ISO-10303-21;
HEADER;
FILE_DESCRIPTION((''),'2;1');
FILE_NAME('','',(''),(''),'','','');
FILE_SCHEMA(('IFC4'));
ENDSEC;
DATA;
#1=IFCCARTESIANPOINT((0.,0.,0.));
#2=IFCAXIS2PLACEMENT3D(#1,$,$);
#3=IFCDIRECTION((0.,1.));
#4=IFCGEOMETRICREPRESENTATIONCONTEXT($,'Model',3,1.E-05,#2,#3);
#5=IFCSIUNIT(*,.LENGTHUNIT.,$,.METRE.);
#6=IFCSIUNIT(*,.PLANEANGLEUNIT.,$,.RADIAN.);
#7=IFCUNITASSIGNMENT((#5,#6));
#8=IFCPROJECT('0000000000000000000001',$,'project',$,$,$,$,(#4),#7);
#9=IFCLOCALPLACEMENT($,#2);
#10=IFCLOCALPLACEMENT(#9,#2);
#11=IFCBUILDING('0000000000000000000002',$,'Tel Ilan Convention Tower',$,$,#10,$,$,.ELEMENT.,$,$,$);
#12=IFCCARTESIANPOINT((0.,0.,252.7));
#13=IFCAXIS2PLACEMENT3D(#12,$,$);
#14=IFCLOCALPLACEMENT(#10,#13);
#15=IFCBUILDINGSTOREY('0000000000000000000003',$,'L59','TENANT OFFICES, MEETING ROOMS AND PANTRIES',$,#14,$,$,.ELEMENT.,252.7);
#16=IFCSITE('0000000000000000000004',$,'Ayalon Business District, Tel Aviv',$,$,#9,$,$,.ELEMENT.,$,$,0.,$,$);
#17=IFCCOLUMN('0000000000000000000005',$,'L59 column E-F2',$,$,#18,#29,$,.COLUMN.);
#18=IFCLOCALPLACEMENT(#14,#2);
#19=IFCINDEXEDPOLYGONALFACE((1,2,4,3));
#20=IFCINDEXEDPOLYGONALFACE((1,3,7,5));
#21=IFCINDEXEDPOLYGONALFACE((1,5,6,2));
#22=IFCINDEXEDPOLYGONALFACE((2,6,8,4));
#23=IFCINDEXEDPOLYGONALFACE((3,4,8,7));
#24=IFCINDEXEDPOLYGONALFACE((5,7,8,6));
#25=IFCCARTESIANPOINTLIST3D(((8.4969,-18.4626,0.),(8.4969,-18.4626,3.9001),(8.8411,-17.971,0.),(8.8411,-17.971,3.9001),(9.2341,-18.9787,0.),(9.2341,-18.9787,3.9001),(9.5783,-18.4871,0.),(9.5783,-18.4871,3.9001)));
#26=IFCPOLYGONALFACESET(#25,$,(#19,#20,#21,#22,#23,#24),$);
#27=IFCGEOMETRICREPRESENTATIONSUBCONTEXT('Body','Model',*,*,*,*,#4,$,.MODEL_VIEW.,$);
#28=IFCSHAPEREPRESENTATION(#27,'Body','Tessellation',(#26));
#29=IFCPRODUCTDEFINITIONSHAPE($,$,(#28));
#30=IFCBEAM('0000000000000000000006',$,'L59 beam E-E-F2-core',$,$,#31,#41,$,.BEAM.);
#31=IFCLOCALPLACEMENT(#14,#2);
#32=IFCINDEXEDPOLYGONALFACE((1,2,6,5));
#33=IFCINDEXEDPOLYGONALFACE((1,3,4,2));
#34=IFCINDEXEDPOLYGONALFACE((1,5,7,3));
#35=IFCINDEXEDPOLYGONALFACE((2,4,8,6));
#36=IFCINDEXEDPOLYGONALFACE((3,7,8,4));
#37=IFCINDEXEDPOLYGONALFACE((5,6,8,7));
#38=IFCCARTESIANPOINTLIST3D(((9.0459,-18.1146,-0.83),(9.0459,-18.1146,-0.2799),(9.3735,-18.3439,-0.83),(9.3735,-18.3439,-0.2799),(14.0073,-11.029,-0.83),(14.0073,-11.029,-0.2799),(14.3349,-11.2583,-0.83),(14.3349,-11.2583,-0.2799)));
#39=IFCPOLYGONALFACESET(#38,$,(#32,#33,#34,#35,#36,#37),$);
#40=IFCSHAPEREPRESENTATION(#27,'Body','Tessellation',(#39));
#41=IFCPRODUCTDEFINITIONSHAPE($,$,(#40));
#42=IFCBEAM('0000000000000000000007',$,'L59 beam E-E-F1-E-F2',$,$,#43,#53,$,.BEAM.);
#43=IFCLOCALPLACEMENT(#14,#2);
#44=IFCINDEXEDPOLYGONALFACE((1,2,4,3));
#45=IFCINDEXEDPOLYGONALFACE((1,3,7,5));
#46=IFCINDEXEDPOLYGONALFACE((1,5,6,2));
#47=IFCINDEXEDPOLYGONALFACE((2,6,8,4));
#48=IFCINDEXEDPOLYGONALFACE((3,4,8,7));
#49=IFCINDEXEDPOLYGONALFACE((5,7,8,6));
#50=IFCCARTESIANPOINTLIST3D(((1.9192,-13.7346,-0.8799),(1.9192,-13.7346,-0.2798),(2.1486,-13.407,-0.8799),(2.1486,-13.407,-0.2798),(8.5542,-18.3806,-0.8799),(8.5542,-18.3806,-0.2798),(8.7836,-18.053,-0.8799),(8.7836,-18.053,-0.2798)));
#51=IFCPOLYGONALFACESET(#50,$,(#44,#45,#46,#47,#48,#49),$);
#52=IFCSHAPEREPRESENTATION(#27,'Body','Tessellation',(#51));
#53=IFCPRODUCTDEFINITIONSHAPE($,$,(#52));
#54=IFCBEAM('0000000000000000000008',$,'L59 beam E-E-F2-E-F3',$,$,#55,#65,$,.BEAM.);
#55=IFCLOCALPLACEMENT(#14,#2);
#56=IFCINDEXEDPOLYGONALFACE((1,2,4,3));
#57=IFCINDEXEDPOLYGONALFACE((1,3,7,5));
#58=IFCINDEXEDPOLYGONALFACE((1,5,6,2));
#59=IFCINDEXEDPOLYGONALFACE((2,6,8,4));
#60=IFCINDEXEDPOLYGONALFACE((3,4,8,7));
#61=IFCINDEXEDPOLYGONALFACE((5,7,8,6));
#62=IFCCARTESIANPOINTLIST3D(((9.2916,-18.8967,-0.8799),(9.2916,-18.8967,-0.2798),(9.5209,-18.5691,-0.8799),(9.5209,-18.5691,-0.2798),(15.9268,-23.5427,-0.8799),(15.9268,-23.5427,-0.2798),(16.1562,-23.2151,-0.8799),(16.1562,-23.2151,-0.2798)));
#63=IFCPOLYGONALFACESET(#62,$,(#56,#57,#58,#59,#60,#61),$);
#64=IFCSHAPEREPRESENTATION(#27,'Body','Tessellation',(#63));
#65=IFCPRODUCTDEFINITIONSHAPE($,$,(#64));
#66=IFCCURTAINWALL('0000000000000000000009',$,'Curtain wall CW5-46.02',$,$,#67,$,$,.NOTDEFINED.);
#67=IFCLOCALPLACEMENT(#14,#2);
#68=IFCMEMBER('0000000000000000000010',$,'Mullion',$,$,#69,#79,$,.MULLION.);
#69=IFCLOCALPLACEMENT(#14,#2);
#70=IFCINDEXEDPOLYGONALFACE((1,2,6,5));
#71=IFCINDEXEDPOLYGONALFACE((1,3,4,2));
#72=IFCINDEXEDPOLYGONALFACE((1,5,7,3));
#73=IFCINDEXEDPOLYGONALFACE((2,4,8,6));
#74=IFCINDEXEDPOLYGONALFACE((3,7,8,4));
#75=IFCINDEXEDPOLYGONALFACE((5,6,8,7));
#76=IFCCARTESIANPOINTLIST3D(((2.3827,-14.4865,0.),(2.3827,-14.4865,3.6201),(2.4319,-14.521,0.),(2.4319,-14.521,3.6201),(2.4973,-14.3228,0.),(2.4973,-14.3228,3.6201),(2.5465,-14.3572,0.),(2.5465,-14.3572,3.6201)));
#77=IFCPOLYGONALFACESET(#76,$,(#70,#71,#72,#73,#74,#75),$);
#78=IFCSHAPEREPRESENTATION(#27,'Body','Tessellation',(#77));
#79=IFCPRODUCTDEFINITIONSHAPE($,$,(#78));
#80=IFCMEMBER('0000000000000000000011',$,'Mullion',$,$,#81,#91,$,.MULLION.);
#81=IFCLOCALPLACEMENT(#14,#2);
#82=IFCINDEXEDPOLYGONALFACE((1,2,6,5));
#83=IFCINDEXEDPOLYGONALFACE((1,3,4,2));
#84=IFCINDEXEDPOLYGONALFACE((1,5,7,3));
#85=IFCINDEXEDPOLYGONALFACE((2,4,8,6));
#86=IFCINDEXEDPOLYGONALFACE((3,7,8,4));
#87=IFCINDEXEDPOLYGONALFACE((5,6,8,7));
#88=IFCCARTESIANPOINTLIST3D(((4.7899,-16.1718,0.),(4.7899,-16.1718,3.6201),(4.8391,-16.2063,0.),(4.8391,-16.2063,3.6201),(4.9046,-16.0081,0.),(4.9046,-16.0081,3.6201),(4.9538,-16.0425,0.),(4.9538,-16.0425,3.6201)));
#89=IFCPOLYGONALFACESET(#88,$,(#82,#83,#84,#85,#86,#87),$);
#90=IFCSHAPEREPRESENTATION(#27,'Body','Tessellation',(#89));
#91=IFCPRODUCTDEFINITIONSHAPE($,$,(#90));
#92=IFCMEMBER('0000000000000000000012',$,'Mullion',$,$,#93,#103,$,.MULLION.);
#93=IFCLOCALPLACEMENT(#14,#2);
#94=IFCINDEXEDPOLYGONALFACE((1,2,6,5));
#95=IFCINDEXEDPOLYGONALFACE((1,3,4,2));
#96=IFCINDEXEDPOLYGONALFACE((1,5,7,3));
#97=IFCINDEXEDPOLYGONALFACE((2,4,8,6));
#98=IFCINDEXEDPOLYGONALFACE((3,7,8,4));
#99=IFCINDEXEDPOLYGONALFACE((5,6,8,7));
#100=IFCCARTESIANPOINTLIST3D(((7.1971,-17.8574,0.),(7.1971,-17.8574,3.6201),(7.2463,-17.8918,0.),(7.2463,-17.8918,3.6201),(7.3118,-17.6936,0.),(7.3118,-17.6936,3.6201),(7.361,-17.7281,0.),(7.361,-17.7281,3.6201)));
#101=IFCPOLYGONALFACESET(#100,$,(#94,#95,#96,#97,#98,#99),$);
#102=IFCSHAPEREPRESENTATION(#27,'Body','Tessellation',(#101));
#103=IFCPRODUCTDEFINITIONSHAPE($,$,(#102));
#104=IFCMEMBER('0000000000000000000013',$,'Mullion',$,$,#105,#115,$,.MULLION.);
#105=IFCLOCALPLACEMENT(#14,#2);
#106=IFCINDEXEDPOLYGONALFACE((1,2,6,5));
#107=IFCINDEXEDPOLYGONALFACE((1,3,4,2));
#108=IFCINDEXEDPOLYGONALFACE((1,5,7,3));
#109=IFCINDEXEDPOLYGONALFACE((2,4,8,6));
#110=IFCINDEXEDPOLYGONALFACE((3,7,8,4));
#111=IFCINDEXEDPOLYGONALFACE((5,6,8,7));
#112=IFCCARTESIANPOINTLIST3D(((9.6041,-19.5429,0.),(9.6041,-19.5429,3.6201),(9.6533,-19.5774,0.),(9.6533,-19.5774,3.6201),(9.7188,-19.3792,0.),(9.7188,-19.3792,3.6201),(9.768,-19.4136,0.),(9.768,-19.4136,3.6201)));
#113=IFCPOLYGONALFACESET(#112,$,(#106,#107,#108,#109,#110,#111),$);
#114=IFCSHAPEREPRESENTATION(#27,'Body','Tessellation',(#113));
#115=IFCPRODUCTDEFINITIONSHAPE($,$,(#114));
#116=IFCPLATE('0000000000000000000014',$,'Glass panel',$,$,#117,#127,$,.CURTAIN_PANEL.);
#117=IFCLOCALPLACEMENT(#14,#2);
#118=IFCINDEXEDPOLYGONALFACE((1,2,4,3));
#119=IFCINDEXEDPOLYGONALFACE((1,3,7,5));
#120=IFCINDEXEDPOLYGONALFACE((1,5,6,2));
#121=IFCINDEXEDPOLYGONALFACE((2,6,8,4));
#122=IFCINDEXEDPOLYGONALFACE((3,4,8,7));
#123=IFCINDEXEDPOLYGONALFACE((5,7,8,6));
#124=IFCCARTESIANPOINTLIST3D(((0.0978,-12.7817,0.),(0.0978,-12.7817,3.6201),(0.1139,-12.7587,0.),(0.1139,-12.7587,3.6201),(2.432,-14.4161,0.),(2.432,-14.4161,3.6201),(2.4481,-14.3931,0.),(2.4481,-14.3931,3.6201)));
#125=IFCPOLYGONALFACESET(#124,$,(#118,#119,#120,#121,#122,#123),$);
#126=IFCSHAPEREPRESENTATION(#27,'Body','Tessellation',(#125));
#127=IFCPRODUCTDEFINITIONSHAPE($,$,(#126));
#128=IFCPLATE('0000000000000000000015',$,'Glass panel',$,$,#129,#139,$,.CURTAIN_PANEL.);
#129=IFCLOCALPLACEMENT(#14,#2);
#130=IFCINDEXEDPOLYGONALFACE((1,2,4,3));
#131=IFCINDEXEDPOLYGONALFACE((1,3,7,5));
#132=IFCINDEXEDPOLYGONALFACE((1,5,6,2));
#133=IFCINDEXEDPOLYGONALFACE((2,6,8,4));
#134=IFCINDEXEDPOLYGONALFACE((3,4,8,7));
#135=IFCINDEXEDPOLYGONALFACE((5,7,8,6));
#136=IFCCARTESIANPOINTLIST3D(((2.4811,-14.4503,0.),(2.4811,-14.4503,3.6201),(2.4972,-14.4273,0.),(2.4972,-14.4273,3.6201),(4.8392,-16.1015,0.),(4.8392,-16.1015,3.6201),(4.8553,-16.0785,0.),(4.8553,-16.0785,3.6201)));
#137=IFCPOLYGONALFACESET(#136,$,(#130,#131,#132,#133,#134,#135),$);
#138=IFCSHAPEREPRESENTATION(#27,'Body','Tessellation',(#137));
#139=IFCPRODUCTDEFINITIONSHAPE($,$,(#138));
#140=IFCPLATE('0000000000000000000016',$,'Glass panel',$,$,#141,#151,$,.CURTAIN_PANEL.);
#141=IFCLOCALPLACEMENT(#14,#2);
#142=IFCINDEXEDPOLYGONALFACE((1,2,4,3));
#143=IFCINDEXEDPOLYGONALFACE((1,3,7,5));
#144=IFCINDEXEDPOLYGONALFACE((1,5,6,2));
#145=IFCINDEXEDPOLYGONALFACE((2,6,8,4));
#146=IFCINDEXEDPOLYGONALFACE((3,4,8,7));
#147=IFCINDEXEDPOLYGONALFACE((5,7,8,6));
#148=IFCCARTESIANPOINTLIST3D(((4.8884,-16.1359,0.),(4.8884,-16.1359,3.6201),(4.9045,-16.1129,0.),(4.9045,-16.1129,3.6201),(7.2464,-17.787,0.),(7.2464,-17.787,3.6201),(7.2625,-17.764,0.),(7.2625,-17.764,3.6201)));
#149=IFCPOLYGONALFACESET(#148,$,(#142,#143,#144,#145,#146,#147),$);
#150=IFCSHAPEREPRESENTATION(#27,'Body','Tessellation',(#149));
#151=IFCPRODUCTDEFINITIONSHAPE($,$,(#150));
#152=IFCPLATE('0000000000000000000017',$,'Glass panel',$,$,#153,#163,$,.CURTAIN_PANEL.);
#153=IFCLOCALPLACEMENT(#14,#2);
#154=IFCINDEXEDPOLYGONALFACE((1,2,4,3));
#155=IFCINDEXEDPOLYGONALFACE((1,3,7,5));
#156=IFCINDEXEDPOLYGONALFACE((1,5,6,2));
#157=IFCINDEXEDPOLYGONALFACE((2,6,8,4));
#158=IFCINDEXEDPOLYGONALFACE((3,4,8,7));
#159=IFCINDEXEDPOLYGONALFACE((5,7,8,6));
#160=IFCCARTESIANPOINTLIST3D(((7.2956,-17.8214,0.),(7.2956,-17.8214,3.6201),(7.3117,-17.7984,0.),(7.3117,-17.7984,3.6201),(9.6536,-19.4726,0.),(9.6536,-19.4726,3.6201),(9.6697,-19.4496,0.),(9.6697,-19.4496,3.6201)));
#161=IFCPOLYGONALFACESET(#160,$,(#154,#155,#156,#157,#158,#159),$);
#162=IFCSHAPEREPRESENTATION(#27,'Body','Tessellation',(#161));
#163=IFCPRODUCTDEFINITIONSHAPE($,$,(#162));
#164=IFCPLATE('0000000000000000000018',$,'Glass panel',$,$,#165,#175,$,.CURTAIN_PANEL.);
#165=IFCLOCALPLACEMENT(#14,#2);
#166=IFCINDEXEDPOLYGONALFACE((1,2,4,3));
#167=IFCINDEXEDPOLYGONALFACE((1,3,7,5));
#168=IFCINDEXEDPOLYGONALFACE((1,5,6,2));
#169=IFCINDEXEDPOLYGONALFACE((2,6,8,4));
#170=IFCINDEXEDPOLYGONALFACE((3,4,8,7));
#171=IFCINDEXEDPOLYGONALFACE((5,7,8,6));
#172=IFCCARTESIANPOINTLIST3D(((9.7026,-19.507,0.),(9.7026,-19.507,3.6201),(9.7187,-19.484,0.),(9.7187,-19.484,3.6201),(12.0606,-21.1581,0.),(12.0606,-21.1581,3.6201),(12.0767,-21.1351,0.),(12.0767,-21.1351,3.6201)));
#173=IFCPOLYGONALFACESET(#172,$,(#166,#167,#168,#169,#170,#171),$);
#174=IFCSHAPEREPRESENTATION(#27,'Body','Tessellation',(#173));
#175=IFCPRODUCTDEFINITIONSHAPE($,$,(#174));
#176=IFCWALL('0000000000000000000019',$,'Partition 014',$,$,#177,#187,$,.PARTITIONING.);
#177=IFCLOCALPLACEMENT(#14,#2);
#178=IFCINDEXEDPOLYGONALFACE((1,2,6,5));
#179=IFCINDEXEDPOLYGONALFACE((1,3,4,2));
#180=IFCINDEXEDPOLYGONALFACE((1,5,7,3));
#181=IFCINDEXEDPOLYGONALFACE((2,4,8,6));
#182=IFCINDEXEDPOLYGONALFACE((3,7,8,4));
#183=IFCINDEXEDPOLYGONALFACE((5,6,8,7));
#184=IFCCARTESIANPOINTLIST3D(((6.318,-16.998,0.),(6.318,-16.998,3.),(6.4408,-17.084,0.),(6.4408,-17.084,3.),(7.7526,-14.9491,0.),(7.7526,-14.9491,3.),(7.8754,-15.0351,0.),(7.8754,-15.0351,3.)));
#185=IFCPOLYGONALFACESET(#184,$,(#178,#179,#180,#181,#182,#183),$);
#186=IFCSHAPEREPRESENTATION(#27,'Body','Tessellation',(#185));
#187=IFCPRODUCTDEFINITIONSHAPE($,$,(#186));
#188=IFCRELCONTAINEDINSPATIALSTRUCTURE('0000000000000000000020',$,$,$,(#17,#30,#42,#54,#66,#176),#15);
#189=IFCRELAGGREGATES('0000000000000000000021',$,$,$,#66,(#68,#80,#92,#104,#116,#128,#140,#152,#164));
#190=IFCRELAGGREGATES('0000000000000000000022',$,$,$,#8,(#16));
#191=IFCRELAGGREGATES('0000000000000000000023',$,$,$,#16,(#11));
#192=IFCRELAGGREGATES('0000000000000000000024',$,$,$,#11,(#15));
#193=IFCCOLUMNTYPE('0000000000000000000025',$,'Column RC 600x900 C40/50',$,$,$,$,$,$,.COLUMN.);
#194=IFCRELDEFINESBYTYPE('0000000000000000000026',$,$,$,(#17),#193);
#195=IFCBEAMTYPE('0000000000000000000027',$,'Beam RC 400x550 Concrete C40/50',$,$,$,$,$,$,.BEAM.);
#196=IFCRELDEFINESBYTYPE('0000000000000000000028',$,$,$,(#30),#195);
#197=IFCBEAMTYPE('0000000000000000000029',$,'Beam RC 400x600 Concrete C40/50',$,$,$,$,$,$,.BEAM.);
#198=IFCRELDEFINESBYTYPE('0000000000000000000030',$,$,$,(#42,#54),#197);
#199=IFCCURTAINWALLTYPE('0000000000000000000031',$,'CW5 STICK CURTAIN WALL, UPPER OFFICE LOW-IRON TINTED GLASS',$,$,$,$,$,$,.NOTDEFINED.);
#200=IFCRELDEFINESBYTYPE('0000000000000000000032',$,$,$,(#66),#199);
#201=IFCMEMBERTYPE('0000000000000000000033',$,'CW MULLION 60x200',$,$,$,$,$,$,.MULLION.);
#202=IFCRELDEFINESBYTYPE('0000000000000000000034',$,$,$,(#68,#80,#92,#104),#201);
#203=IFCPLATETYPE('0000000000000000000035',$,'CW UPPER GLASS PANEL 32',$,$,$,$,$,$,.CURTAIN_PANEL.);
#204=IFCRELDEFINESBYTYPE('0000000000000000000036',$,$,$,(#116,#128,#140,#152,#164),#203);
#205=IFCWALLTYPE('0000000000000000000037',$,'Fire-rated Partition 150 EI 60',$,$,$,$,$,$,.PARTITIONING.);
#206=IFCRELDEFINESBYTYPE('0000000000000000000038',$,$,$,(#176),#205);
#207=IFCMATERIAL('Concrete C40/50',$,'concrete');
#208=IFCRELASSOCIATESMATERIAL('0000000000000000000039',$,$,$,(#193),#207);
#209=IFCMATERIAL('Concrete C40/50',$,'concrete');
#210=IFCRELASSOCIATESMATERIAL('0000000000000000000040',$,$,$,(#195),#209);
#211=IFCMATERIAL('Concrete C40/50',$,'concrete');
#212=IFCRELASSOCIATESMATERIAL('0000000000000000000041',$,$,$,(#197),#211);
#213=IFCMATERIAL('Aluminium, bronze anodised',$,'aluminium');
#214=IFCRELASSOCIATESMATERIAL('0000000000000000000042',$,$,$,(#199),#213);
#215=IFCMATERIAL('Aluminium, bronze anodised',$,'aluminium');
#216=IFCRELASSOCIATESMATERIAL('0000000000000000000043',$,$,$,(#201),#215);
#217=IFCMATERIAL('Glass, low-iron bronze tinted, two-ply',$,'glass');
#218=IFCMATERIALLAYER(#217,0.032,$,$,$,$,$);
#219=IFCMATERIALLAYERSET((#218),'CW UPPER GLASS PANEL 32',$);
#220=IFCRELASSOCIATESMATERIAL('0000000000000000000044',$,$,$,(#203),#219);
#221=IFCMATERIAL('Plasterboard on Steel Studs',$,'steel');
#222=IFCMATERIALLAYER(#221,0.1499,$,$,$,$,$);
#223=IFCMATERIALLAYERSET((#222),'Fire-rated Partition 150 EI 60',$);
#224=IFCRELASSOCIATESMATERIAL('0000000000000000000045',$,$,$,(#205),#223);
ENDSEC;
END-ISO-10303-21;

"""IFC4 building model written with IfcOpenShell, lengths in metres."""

from ifc_helpers import new_model, si_unit, direction, frame, frame_2d, origin, origin_2d, place, context, subcontext, project, spatial, rectangle, extrude, material, layer, layer_set, material_profile, profile_set, type_object, element, aggregate, save


model = new_model("IFC4")

# Units and contexts
model_context = context("Model", 3, precision=1e-05, world=origin(), true_north=direction((0.0, 1.0)))
body_context = subcontext(model_context, "Body", "Model", "MODEL_VIEW")
ifc_project = project(units=[si_unit("LENGTHUNIT", "METRE"), si_unit("PLANEANGLEUNIT", "RADIAN")], contexts=[model_context])

# Site, building, storey
site_placement = place(None, origin())
site = spatial("IfcSite", under=ifc_project, at=site_placement, Name="Ayalon Business District, Tel Aviv", CompositionType="ELEMENT", RefElevation=0.0)
building_placement = place(site_placement, origin())
building = spatial("IfcBuilding", under=site, at=building_placement, Name="Tel Ilan Convention Tower", CompositionType="ELEMENT")
storey_placement = place(building_placement, frame((0.0, 0.0, 252.7)))
storey = spatial("IfcBuildingStorey", under=building, at=storey_placement, Name="L59", Description="TENANT OFFICES, MEETING ROOMS AND PANTRIES", CompositionType="ELEMENT", Elevation=252.7)

# Column
ifc_material_1 = material(Name="Concrete C40/50", Category="concrete")
ifc_material_profile_1 = material_profile(ifc_material_1, rectangle(XDim=0.8999, YDim=0.6001, at=origin_2d()), Name="RC 600x900")
ifc_profile_set_1 = profile_set([ifc_material_profile_1], Name="Concrete C40/50")
column_type = type_object("IfcColumnType", Name="Column RC 600x900 C40/50", PredefinedType="COLUMN", material=ifc_profile_set_1)
column_placement = place(storey_placement, frame((9.0376, -18.4749, 0.0), z_axis=(0.0, 0.0, 1.0), x_axis=(0.819152, -0.573576, 0.0)))
element("IfcColumn", 1, at=column_placement, inside=storey, type_object=column_type, Name="L59 column E-F2", PredefinedType="COLUMN", context=body_context, shape_type="SweptSolid", body=[
    extrude(rectangle(XDim=0.8999, YDim=0.6001, at=origin_2d()), origin(), (0.0, 0.0, 1.0), 3.9001),
])

# Beams
ifc_material_2 = material(Name="Concrete C40/50", Category="concrete")
ifc_material_profile_2 = material_profile(ifc_material_2, rectangle(XDim=0.3999, YDim=0.55, at=origin_2d()), Name="RC 400x550")
ifc_profile_set_2 = profile_set([ifc_material_profile_2], Name="Concrete C40/50")
beam_type_1 = type_object("IfcBeamType", Name="Beam RC 400x550 Concrete C40/50", PredefinedType="BEAM", material=ifc_profile_set_2)
beam_1_placement = place(storey_placement, frame((9.2097, -18.2292, -0.5549), z_axis=(0.573574, 0.819154, 0.0), x_axis=(-0.819154, 0.573574, 0.0)))
element("IfcBeam", 2, at=beam_1_placement, inside=storey, type_object=beam_type_1, Name="L59 beam E-E-F2-core", PredefinedType="BEAM", context=body_context, shape_type="SweptSolid", body=[
    extrude(rectangle(XDim=0.3999, YDim=0.55, at=origin_2d()), origin(), (0.0, 0.0, 1.0), 8.6499),
])
ifc_material_3 = material(Name="Concrete C40/50", Category="concrete")
ifc_material_profile_3 = material_profile(ifc_material_3, rectangle(XDim=0.3999, YDim=0.6001, at=origin_2d()), Name="RC 400x600")
ifc_profile_set_3 = profile_set([ifc_material_profile_3], Name="Concrete C40/50")
beam_type_2 = type_object("IfcBeamType", Name="Beam RC 400x600 Concrete C40/50", PredefinedType="BEAM", material=ifc_profile_set_3)
beam_2_placement = place(storey_placement, frame((2.0339, -13.5708, -0.5798), z_axis=(0.819146, -0.573586, 0.0), x_axis=(0.573586, 0.819146, 0.0)))
element("IfcBeam", 3, at=beam_2_placement, inside=storey, type_object=beam_type_2, Name="L59 beam E-E-F1-E-F2", PredefinedType="BEAM", context=body_context, shape_type="SweptSolid", body=[
    extrude(rectangle(XDim=0.3999, YDim=0.6001, at=origin_2d()), origin(), (0.0, 0.0, 1.0), 8.0999),
])
beam_3_placement = place(storey_placement, frame((9.4062, -18.7329, -0.5798), z_axis=(0.819155, -0.573572, 0.0), x_axis=(0.573572, 0.819155, 0.0)))
element("IfcBeam", 4, at=beam_3_placement, inside=storey, type_object=beam_type_2, Name="L59 beam E-E-F2-E-F3", PredefinedType="BEAM", context=body_context, shape_type="SweptSolid", body=[
    extrude(rectangle(XDim=0.3999, YDim=0.6001, at=origin_2d()), origin(), (0.0, 0.0, 1.0), 8.1001),
])

# Curtain wall, members, plates
ifc_material_4 = material(Name="Aluminium, bronze anodised", Category="aluminium")
curtain_wall_type = type_object("IfcCurtainWallType", Name="CW5 STICK CURTAIN WALL, UPPER OFFICE LOW-IRON TINTED GLASS", PredefinedType="NOTDEFINED", material=ifc_material_4)
curtain_wall_placement = place(storey_placement, origin())
curtain_wall = element("IfcCurtainWall", 5, at=curtain_wall_placement, inside=storey, type_object=curtain_wall_type, Name="Curtain wall CW5-46.02", PredefinedType="NOTDEFINED")
ifc_material_5 = material(Name="Aluminium, bronze anodised", Category="aluminium")
ifc_material_profile_4 = material_profile(ifc_material_5, rectangle(XDim=0.0601, YDim=0.2, at=origin_2d()), Name="CW MULLION 60x200")
ifc_profile_set_4 = profile_set([ifc_material_profile_4], Name="Aluminium, bronze anodised")
member_type = type_object("IfcMemberType", Name="CW MULLION 60x200", PredefinedType="MULLION", material=ifc_profile_set_4)
member_1_placement = place(storey_placement, frame((2.4646, -14.4219, 0.0), z_axis=(0.0, 0.0, 1.0), x_axis=(0.819152, -0.573576, 0.0)))
member_1 = element("IfcMember", 6, at=member_1_placement, type_object=member_type, Name="Mullion", PredefinedType="MULLION", context=body_context, shape_type="SweptSolid", body=[
    extrude(rectangle(XDim=0.0601, YDim=0.2, at=origin_2d()), origin(), (0.0, 0.0, 1.0), 3.6201),
])
member_2_placement = place(storey_placement, frame((4.8718, -16.1072, 0.0), z_axis=(0.0, 0.0, 1.0), x_axis=(0.819152, -0.573576, 0.0)))
member_2 = element("IfcMember", 7, at=member_2_placement, type_object=member_type, Name="Mullion", PredefinedType="MULLION", context=body_context, shape_type="SweptSolid", body=[
    extrude(rectangle(XDim=0.0601, YDim=0.2, at=origin_2d()), origin(), (0.0, 0.0, 1.0), 3.6201),
])
member_3_placement = place(storey_placement, frame((7.2791, -17.7927, 0.0), z_axis=(0.0, 0.0, 1.0), x_axis=(0.819152, -0.573576, 0.0)))
member_3 = element("IfcMember", 8, at=member_3_placement, type_object=member_type, Name="Mullion", PredefinedType="MULLION", context=body_context, shape_type="SweptSolid", body=[
    extrude(rectangle(XDim=0.0601, YDim=0.2, at=origin_2d()), origin(), (0.0, 0.0, 1.0), 3.6201),
])
member_4_placement = place(storey_placement, frame((9.686, -19.4783, 0.0), z_axis=(0.0, 0.0, 1.0), x_axis=(0.819152, -0.573576, 0.0)))
member_4 = element("IfcMember", 9, at=member_4_placement, type_object=member_type, Name="Mullion", PredefinedType="MULLION", context=body_context, shape_type="SweptSolid", body=[
    extrude(rectangle(XDim=0.0601, YDim=0.2, at=origin_2d()), origin(), (0.0, 0.0, 1.0), 3.6201),
])
ifc_material_6 = material(Name="Glass, low-iron bronze tinted, two-ply", Category="glass")
ifc_layer_1 = layer(ifc_material_6, 0.032)
ifc_layer_set_1 = layer_set([ifc_layer_1], Name="CW UPPER GLASS PANEL 32")
plate_type = type_object("IfcPlateType", Name="CW UPPER GLASS PANEL 32", PredefinedType="CURTAIN_PANEL", material=ifc_layer_set_1)
plate_1_placement = place(storey_placement, frame((1.2729, -13.5874, 0.0), z_axis=(0.0, 0.0, 1.0), x_axis=(0.819152, -0.573576, 0.0)))
plate_1 = element("IfcPlate", 10, at=plate_1_placement, type_object=plate_type, Name="Glass panel", PredefinedType="CURTAIN_PANEL", context=body_context, shape_type="SweptSolid", body=[
    extrude(rectangle(XDim=2.8496, YDim=0.0281, at=origin_2d()), origin(), (0.0, 0.0, 1.0), 3.6201),
])
plate_2_placement = place(storey_placement, frame((3.6682, -15.2644, 0.0), z_axis=(0.0, 0.0, 1.0), x_axis=(0.819152, -0.573576, 0.0)))
plate_2 = element("IfcPlate", 11, at=plate_2_placement, type_object=plate_type, Name="Glass panel", PredefinedType="CURTAIN_PANEL", context=body_context, shape_type="SweptSolid", body=[
    extrude(rectangle(XDim=2.8787, YDim=0.0281, at=origin_2d()), origin(), (0.0, 0.0, 1.0), 3.6201),
])
plate_3_placement = place(storey_placement, frame((6.0754, -16.95, 0.0), z_axis=(0.0, 0.0, 1.0), x_axis=(0.819152, -0.573576, 0.0)))
plate_3 = element("IfcPlate", 12, at=plate_3_placement, type_object=plate_type, Name="Glass panel", PredefinedType="CURTAIN_PANEL", context=body_context, shape_type="SweptSolid", body=[
    extrude(rectangle(XDim=2.8787, YDim=0.0281, at=origin_2d()), origin(), (0.0, 0.0, 1.0), 3.6201),
])
plate_4_placement = place(storey_placement, frame((8.4827, -18.6355, 0.0), z_axis=(0.0, 0.0, 1.0), x_axis=(0.819152, -0.573576, 0.0)))
plate_4 = element("IfcPlate", 13, at=plate_4_placement, type_object=plate_type, Name="Glass panel", PredefinedType="CURTAIN_PANEL", context=body_context, shape_type="SweptSolid", body=[
    extrude(rectangle(XDim=2.8787, YDim=0.0281, at=origin_2d()), origin(), (0.0, 0.0, 1.0), 3.6201),
])
plate_5_placement = place(storey_placement, frame((10.8896, -20.321, 0.0), z_axis=(0.0, 0.0, 1.0), x_axis=(0.819152, -0.573576, 0.0)))
plate_5 = element("IfcPlate", 14, at=plate_5_placement, type_object=plate_type, Name="Glass panel", PredefinedType="CURTAIN_PANEL", context=body_context, shape_type="SweptSolid", body=[
    extrude(rectangle(XDim=2.8787, YDim=0.0281, at=origin_2d()), origin(), (0.0, 0.0, 1.0), 3.6201),
])
aggregate(curtain_wall, [member_1, member_2, member_3, member_4, plate_1, plate_2, plate_3, plate_4, plate_5])

# Wall
ifc_material_7 = material(Name="Plasterboard on Steel Studs", Category="steel")
ifc_layer_2 = layer(ifc_material_7, 0.1499)
ifc_layer_set_2 = layer_set([ifc_layer_2], Name="Fire-rated Partition 150 EI 60")
wall_type_1 = type_object("IfcWallType", Name="Fire-rated Partition 150 EI 60", PredefinedType="PARTITIONING", material=ifc_layer_set_2)
wall_1_placement = place(storey_placement, frame((7.814, -14.9922, 0.0), z_axis=(0.0, 0.0, 1.0), x_axis=(-0.573567, -0.819159, 0.0)))
element("IfcWall", 15, at=wall_1_placement, inside=storey, type_object=wall_type_1, Name="Partition 014", PredefinedType="PARTITIONING", context=body_context, shape_type="SweptSolid", body=[
    extrude(rectangle(XDim=2.5012, YDim=0.1499, at=frame_2d((1.2505, 0.0))), origin(), (0.0, 0.0, 1.0), 3.0),
])

save(model, "model.ifc")
